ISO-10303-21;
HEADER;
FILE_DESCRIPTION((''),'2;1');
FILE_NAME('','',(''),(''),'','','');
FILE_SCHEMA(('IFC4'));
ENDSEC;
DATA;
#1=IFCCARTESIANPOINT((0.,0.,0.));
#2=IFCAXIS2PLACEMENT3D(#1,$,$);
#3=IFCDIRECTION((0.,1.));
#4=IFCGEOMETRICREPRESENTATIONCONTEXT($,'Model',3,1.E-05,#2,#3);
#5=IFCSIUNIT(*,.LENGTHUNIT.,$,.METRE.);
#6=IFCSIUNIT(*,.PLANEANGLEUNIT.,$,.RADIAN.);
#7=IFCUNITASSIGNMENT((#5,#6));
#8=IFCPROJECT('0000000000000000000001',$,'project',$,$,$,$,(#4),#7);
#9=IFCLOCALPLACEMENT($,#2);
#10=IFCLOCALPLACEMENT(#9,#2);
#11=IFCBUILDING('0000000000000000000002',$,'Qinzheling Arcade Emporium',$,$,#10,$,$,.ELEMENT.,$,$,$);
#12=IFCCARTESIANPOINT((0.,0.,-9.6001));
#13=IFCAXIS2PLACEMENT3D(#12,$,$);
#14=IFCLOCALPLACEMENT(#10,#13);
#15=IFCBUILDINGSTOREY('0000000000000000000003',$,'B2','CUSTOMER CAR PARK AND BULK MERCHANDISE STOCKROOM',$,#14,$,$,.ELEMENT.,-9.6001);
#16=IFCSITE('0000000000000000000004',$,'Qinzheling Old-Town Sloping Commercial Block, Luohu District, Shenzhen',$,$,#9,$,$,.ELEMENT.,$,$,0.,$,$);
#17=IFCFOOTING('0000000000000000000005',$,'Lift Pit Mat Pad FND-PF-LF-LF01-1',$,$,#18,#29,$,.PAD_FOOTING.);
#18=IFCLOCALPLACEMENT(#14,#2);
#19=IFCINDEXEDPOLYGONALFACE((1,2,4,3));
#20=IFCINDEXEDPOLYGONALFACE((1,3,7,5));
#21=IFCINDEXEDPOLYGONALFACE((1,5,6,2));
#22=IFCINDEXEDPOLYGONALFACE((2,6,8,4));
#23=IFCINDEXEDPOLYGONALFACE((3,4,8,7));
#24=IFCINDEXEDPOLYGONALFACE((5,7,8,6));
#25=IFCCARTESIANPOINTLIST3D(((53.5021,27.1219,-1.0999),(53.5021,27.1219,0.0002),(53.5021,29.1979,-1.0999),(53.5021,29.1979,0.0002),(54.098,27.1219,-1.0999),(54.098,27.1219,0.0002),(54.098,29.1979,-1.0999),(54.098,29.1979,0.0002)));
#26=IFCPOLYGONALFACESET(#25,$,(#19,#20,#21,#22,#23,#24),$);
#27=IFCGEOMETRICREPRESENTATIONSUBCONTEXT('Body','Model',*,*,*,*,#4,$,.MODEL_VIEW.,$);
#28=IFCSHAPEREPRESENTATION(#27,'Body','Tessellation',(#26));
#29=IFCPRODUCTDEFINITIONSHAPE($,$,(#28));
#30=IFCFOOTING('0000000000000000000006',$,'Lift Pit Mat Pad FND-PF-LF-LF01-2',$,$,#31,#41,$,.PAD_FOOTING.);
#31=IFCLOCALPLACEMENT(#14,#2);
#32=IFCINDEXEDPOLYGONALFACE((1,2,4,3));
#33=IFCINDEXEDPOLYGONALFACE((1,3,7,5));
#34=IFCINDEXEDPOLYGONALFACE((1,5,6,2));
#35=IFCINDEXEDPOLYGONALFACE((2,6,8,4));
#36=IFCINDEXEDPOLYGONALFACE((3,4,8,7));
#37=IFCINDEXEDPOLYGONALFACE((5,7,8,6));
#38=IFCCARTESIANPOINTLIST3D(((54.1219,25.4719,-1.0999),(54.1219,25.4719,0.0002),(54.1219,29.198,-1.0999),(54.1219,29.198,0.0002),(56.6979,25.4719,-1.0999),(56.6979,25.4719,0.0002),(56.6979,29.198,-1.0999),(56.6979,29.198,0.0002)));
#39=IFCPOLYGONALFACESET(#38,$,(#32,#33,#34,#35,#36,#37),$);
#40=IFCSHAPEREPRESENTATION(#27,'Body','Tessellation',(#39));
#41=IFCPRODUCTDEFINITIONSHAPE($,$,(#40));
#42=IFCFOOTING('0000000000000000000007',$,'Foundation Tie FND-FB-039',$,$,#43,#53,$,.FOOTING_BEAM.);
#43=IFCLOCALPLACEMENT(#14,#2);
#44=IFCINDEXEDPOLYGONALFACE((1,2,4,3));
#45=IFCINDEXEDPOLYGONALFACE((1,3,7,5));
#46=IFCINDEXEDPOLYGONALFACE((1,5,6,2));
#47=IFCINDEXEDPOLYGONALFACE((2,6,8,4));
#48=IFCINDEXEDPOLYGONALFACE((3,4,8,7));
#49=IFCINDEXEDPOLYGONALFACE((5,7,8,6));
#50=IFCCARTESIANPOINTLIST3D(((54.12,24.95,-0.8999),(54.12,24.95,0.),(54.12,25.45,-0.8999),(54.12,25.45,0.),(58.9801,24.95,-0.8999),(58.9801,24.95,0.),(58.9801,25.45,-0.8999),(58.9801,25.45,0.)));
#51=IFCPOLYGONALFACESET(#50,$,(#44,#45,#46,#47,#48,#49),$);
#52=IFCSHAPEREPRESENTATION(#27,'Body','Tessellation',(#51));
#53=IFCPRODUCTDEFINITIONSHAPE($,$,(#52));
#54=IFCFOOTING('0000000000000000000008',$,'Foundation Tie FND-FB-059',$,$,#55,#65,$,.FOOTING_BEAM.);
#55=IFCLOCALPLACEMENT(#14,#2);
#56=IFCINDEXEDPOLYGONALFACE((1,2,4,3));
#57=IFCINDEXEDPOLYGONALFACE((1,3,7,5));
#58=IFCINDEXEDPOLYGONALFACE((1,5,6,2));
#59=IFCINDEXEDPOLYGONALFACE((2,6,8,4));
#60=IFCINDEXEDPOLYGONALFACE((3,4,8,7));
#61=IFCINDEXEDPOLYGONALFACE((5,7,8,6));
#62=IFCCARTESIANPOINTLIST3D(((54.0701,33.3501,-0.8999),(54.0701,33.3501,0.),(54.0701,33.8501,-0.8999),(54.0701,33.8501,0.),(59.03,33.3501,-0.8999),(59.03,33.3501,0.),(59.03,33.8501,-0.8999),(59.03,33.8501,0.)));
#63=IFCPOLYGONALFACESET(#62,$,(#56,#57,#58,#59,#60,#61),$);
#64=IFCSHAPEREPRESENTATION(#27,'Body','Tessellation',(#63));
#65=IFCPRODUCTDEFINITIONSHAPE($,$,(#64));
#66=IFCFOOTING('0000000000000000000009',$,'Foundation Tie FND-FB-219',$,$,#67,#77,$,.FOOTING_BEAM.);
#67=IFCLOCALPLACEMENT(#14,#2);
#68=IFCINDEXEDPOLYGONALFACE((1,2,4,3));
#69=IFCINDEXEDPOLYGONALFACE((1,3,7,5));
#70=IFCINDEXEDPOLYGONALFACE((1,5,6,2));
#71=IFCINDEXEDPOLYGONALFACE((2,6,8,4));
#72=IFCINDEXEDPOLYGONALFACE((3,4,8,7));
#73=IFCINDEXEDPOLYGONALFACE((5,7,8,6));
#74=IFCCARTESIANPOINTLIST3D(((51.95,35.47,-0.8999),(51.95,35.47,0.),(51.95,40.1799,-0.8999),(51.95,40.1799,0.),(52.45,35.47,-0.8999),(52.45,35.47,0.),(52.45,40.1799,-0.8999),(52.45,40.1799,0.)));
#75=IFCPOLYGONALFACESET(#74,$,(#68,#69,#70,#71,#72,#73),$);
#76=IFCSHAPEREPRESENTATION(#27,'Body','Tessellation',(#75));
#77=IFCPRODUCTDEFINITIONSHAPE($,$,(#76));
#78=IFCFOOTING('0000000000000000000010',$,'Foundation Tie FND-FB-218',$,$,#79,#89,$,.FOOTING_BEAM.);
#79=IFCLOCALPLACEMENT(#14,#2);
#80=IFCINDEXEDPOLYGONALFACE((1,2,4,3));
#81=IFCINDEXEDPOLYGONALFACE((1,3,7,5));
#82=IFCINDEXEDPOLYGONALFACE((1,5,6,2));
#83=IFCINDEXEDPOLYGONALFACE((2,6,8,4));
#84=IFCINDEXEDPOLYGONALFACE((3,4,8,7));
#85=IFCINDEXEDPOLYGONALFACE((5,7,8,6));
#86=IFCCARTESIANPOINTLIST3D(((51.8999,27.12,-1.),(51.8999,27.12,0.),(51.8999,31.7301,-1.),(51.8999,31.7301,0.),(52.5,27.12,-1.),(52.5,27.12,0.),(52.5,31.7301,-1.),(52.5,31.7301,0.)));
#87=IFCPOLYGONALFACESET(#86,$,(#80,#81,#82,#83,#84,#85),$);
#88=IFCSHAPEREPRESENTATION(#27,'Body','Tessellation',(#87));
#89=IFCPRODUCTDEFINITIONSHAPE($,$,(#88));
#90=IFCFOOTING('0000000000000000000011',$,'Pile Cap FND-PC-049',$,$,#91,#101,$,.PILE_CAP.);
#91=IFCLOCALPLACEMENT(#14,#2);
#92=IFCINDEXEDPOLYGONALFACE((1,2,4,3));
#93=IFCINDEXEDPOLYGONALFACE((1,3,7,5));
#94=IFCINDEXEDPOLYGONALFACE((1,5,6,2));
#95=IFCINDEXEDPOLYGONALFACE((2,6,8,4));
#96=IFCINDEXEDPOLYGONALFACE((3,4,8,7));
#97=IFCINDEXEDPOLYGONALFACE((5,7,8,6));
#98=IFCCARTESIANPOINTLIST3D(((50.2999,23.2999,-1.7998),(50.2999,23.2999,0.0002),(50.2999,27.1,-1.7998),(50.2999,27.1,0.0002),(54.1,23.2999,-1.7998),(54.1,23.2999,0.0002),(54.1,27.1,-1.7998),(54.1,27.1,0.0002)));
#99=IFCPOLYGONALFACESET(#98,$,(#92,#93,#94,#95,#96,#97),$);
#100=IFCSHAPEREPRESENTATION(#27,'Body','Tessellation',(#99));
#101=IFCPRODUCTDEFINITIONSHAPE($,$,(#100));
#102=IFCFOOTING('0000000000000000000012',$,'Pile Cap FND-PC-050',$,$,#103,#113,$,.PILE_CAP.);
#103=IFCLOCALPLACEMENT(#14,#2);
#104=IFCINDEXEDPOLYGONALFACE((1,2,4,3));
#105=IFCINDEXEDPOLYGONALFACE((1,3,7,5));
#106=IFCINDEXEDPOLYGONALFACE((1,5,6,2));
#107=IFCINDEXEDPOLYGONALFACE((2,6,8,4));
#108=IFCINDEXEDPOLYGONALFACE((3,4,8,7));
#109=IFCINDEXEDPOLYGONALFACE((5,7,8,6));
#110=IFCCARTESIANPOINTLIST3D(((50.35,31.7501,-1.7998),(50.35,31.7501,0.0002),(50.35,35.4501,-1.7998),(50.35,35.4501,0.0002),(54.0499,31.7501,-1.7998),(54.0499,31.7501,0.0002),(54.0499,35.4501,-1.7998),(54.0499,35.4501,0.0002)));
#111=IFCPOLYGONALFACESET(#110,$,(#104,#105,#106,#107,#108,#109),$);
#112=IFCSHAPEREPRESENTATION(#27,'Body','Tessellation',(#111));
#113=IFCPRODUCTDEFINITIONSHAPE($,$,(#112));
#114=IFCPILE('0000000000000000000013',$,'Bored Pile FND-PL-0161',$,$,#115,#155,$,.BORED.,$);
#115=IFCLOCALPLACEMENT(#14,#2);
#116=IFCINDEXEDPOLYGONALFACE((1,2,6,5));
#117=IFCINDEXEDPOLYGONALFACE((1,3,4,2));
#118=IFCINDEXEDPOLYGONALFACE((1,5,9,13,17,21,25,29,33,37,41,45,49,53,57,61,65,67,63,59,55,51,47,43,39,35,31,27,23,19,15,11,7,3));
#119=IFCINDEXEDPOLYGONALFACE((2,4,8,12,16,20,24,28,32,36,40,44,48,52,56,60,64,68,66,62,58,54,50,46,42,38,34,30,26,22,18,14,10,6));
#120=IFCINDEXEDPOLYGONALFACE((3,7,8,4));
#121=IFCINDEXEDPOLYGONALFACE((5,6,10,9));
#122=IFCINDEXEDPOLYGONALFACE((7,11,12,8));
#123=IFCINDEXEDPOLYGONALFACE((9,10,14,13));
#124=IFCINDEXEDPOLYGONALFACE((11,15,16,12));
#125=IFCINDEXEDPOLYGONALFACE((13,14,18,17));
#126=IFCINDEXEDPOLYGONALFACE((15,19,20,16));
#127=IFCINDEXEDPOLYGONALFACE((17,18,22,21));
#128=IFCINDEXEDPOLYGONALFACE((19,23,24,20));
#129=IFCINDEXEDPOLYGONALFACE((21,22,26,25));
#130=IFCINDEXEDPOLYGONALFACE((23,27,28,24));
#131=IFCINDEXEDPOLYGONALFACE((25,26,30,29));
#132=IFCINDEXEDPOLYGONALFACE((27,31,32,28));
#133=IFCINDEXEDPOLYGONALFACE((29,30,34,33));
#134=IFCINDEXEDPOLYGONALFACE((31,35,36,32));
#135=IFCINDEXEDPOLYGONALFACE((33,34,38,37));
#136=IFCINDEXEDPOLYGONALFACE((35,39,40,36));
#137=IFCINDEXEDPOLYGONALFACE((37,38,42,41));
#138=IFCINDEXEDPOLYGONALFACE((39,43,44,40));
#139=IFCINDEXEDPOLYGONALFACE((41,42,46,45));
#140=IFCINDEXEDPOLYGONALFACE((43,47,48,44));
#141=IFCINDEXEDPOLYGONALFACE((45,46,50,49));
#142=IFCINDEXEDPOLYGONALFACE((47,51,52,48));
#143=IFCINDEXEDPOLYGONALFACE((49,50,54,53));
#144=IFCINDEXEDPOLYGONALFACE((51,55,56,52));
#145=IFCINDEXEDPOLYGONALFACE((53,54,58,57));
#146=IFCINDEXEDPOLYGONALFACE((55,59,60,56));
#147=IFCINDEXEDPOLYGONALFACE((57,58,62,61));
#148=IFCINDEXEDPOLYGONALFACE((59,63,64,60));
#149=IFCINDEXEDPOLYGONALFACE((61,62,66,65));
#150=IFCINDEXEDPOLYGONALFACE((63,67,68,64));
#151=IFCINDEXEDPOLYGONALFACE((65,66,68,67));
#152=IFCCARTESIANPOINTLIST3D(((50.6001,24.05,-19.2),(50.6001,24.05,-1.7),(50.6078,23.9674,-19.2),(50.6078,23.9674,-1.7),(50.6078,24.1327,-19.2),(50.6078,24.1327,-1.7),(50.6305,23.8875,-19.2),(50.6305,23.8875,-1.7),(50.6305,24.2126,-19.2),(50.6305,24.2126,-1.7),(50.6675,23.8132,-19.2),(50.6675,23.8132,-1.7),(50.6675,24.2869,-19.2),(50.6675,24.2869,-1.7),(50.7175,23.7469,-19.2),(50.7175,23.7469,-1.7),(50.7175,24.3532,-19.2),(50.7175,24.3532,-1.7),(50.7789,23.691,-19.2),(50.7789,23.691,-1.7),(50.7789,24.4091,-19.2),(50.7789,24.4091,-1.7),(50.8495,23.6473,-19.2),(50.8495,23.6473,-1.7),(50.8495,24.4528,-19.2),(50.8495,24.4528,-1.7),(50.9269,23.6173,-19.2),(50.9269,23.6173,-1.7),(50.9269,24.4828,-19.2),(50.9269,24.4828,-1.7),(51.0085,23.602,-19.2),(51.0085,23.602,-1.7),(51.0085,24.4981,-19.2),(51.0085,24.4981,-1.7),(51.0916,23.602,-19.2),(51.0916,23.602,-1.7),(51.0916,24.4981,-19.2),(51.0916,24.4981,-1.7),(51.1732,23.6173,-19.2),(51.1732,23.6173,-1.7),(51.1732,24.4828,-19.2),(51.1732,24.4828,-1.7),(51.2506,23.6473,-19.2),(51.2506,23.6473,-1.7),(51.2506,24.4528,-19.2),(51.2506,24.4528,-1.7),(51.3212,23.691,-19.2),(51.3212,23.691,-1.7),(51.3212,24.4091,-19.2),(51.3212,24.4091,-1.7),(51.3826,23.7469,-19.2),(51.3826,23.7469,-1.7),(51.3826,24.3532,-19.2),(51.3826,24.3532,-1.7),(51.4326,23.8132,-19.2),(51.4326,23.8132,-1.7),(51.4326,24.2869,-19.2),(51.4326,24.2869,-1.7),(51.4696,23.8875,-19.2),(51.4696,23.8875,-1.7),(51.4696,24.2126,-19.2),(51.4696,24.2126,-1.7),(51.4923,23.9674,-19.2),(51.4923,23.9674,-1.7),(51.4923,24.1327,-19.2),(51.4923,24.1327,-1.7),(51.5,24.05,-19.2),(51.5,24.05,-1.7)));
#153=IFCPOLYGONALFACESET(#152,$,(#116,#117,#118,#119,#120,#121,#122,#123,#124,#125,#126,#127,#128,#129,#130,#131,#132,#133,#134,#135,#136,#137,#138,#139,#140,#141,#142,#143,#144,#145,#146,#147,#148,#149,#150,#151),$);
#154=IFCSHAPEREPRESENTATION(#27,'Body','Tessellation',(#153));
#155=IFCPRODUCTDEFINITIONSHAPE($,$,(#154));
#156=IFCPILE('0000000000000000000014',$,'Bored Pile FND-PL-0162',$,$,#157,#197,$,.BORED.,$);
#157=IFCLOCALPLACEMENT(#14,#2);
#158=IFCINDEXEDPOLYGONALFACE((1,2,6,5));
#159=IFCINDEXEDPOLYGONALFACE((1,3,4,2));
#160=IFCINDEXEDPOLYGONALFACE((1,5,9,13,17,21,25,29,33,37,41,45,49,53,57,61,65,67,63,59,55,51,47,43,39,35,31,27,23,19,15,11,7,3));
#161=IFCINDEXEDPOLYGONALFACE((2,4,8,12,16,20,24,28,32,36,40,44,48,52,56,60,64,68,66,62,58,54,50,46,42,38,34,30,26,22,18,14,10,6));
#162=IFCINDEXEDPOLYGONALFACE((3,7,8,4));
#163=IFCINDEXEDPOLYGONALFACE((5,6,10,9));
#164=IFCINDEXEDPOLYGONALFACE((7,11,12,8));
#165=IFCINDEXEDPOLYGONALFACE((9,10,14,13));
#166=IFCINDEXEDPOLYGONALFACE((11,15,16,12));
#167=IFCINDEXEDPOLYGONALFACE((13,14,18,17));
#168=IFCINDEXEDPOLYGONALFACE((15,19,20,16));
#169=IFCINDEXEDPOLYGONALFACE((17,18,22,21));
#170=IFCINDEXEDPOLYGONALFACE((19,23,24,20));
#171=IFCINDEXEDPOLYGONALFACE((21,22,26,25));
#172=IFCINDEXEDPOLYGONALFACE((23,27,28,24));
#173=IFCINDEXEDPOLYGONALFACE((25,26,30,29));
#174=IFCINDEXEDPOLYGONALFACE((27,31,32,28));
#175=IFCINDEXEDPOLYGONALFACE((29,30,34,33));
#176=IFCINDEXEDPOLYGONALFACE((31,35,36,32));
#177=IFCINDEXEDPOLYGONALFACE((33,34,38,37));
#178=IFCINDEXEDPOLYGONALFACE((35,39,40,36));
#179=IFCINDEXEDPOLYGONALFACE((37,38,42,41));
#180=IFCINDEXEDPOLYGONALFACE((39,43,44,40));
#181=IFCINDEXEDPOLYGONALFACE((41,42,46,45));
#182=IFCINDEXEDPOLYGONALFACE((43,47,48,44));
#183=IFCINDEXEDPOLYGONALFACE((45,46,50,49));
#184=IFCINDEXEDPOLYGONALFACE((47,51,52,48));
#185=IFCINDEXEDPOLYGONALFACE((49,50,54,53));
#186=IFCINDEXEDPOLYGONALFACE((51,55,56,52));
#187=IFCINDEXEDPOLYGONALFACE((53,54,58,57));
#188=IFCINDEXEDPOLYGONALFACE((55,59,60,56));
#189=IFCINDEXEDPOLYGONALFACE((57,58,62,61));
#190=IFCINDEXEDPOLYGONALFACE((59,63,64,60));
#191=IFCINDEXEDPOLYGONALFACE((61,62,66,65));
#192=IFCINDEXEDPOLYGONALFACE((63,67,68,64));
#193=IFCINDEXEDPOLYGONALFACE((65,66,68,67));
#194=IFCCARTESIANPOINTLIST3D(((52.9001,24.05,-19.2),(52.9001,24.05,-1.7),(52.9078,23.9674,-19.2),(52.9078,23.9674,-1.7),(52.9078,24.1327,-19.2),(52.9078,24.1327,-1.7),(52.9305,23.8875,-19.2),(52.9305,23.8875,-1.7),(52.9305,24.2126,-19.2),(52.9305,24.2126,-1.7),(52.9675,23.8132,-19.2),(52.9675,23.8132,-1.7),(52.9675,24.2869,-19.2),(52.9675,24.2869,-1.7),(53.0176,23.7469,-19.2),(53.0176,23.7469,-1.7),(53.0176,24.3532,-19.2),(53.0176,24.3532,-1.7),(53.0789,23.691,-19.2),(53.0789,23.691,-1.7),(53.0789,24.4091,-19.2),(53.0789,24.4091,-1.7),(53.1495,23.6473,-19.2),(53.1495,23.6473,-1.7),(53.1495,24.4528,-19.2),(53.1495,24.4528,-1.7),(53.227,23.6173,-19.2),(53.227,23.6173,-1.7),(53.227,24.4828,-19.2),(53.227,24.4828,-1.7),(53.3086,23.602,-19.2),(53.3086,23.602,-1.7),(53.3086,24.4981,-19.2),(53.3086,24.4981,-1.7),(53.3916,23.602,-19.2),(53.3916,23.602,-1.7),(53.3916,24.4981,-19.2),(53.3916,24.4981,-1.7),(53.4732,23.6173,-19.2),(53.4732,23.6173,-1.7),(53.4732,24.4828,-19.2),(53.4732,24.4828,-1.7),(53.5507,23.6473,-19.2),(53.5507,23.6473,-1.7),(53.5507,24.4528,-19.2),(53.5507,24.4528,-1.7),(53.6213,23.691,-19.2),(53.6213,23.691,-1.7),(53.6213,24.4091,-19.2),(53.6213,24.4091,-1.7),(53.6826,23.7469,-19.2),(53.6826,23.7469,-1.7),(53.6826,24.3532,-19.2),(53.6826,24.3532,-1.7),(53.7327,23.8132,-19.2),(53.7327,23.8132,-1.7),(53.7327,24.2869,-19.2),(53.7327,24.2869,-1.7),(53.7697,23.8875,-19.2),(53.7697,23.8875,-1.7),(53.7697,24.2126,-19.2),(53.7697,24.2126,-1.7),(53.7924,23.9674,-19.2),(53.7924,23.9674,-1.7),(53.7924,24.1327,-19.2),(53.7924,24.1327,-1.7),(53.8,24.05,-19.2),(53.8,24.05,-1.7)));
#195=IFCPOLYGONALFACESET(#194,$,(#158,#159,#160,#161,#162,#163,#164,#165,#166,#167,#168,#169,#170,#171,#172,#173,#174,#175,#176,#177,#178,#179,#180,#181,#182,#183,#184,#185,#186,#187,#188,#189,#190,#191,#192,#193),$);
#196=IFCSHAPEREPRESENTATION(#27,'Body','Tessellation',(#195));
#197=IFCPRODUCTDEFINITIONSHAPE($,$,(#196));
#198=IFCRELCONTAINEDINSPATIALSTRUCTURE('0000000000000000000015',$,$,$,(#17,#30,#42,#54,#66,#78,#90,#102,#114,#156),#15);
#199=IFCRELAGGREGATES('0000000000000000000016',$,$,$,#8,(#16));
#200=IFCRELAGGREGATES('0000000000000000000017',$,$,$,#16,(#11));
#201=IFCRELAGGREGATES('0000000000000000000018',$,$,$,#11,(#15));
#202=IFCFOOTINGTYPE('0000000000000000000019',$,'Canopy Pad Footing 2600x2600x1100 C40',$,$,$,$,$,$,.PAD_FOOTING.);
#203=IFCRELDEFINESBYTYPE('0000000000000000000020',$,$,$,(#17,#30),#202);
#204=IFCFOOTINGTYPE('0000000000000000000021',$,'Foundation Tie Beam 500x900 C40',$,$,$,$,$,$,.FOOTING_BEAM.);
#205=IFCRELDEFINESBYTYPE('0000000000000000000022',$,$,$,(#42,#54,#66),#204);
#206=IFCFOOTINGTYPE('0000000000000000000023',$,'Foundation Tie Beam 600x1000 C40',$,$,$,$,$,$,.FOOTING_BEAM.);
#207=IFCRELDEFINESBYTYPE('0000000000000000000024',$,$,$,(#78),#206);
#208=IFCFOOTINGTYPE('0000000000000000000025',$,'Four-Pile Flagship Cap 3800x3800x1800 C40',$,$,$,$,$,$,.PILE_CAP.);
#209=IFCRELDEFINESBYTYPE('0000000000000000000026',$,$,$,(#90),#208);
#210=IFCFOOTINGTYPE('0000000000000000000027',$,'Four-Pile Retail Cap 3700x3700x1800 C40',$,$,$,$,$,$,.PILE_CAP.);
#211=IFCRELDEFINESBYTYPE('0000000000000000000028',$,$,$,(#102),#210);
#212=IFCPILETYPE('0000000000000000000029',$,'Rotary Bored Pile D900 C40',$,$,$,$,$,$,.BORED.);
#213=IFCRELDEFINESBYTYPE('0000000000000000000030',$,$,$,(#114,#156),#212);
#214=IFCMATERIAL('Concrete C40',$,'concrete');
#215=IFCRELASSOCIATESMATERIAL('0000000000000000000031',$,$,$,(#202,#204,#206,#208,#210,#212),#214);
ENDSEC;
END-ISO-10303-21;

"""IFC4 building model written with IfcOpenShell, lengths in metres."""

from ifc_helpers import new_model, si_unit, direction, frame, origin, origin_2d, place, context, subcontext, project, spatial, rectangle, circle, extrude, material, material_profile, profile_set, type_object, element, save


model = new_model("IFC4")

# Units and contexts
model_context = context("Model", 3, precision=1e-05, world=origin(), true_north=direction((0.0, 1.0)))
body_context = subcontext(model_context, "Body", "Model", "MODEL_VIEW")
ifc_project = project(units=[si_unit("LENGTHUNIT", "METRE"), si_unit("PLANEANGLEUNIT", "RADIAN")], contexts=[model_context])

# Site, building, storey
site_placement = place(None, origin())
site = spatial("IfcSite", under=ifc_project, at=site_placement, Name="Qinzheling Old-Town Sloping Commercial Block, Luohu District, Shenzhen", CompositionType="ELEMENT", RefElevation=0.0)
building_placement = place(site_placement, origin())
building = spatial("IfcBuilding", under=site, at=building_placement, Name="Qinzheling Arcade Emporium", CompositionType="ELEMENT")
storey_placement = place(building_placement, frame((0.0, 0.0, -9.6001)))
storey = spatial("IfcBuildingStorey", under=building, at=storey_placement, Name="B2", Description="CUSTOMER CAR PARK AND BULK MERCHANDISE STOCKROOM", CompositionType="ELEMENT", Elevation=-9.6001)

# Footings
ifc_material_1 = material(Name="Concrete C40", Category="concrete")
footing_type_1 = type_object("IfcFootingType", Name="Canopy Pad Footing 2600x2600x1100 C40", PredefinedType="PAD_FOOTING", material=ifc_material_1)
footing_1_placement = place(storey_placement, frame((53.8, 28.1599, -1.0999), z_axis=(0.0, 0.0, 1.0), x_axis=(1.0, 0.0, 0.0)))
element("IfcFooting", 1, at=footing_1_placement, inside=storey, type_object=footing_type_1, Name="Lift Pit Mat Pad FND-PF-LF-LF01-1", PredefinedType="PAD_FOOTING", context=body_context, shape_type="SweptSolid", body=[
    extrude(rectangle(XDim=0.5959, YDim=2.0759, at=origin_2d()), origin(), (0.0, 0.0, 1.0), 1.1001),
])
footing_2_placement = place(storey_placement, frame((55.4099, 27.335, -1.0999), z_axis=(0.0, 0.0, 1.0), x_axis=(1.0, 0.0, 0.0)))
element("IfcFooting", 2, at=footing_2_placement, inside=storey, type_object=footing_type_1, Name="Lift Pit Mat Pad FND-PF-LF-LF01-2", PredefinedType="PAD_FOOTING", context=body_context, shape_type="SweptSolid", body=[
    extrude(rectangle(XDim=2.5759, YDim=3.7261, at=origin_2d()), origin(), (0.0, 0.0, 1.0), 1.1001),
])
footing_type_2 = type_object("IfcFootingType", Name="Foundation Tie Beam 500x900 C40", PredefinedType="FOOTING_BEAM", material=ifc_material_1)
footing_3_placement = place(storey_placement, frame((56.55, 25.2, -0.8999), z_axis=(0.0, 0.0, 1.0), x_axis=(1.0, 0.0, 0.0)))
element("IfcFooting", 3, at=footing_3_placement, inside=storey, type_object=footing_type_2, Name="Foundation Tie FND-FB-039", PredefinedType="FOOTING_BEAM", context=body_context, shape_type="SweptSolid", body=[
    extrude(rectangle(XDim=4.8601, YDim=0.5, at=origin_2d()), origin(), (0.0, 0.0, 1.0), 0.8999),
])
footing_4_placement = place(storey_placement, frame((56.55, 33.6001, -0.8999), z_axis=(0.0, 0.0, 1.0), x_axis=(1.0, 0.0, 0.0)))
element("IfcFooting", 4, at=footing_4_placement, inside=storey, type_object=footing_type_2, Name="Foundation Tie FND-FB-059", PredefinedType="FOOTING_BEAM", context=body_context, shape_type="SweptSolid", body=[
    extrude(rectangle(XDim=4.96, YDim=0.5, at=origin_2d()), origin(), (0.0, 0.0, 1.0), 0.8999),
])
footing_5_placement = place(storey_placement, frame((52.2, 37.825, -0.8999), z_axis=(0.0, 0.0, 1.0), x_axis=(1.0, 0.0, 0.0)))
element("IfcFooting", 5, at=footing_5_placement, inside=storey, type_object=footing_type_2, Name="Foundation Tie FND-FB-219", PredefinedType="FOOTING_BEAM", context=body_context, shape_type="SweptSolid", body=[
    extrude(rectangle(XDim=0.5, YDim=4.71, at=origin_2d()), origin(), (0.0, 0.0, 1.0), 0.8999),
])
footing_type_3 = type_object("IfcFootingType", Name="Foundation Tie Beam 600x1000 C40", PredefinedType="FOOTING_BEAM", material=ifc_material_1)
footing_6_placement = place(storey_placement, frame((52.2, 29.425, -1.0), z_axis=(0.0, 0.0, 1.0), x_axis=(1.0, 0.0, 0.0)))
element("IfcFooting", 6, at=footing_6_placement, inside=storey, type_object=footing_type_3, Name="Foundation Tie FND-FB-218", PredefinedType="FOOTING_BEAM", context=body_context, shape_type="SweptSolid", body=[
    extrude(rectangle(XDim=0.6001, YDim=4.6101, at=origin_2d()), origin(), (0.0, 0.0, 1.0), 1.0),
])
footing_type_4 = type_object("IfcFootingType", Name="Four-Pile Flagship Cap 3800x3800x1800 C40", PredefinedType="PILE_CAP", material=ifc_material_1)
footing_7_placement = place(storey_placement, frame((52.2, 25.2, -1.7998), z_axis=(0.0, 0.0, 1.0), x_axis=(1.0, 0.0, 0.0)))
element("IfcFooting", 7, at=footing_7_placement, inside=storey, type_object=footing_type_4, Name="Pile Cap FND-PC-049", PredefinedType="PILE_CAP", context=body_context, shape_type="SweptSolid", body=[
    extrude(rectangle(XDim=3.8, YDim=3.8, at=origin_2d()), origin(), (0.0, 0.0, 1.0), 1.8),
])
footing_type_5 = type_object("IfcFootingType", Name="Four-Pile Retail Cap 3700x3700x1800 C40", PredefinedType="PILE_CAP", material=ifc_material_1)
footing_8_placement = place(storey_placement, frame((52.2, 33.6001, -1.7998), z_axis=(0.0, 0.0, 1.0), x_axis=(1.0, 0.0, 0.0)))
element("IfcFooting", 8, at=footing_8_placement, inside=storey, type_object=footing_type_5, Name="Pile Cap FND-PC-050", PredefinedType="PILE_CAP", context=body_context, shape_type="SweptSolid", body=[
    extrude(rectangle(XDim=3.7, YDim=3.7, at=origin_2d()), origin(), (0.0, 0.0, 1.0), 1.8),
])

# Piles
ifc_material_profile_1 = material_profile(ifc_material_1, circle(Radius=0.45, at=origin_2d()), Name="BORED D900", Category="concrete")
ifc_profile_set_1 = profile_set([ifc_material_profile_1], Name="Concrete C40")
pile_type = type_object("IfcPileType", Name="Rotary Bored Pile D900 C40", PredefinedType="BORED", material=ifc_profile_set_1)
for number, where, z_axis, x_axis, name in (
    (9, (51.05, 24.05, -1.7), (0.0, 0.0, -1.0), (1.0, 0.0, 0.0), "Bored Pile FND-PL-0161"),
    (10, (53.3501, 24.05, -1.7), (0.0, 0.0, -1.0), (1.0, 0.0, 0.0), "Bored Pile FND-PL-0162"),
):
    element("IfcPile", number, at=place(storey_placement, frame(where, z_axis=z_axis, x_axis=x_axis)), inside=storey, type_object=pile_type, Name=name, PredefinedType="BORED", context=body_context, shape_type="SweptSolid", body=[
        extrude(circle(Radius=0.45, at=origin_2d()), origin(), (0.0, 0.0, 1.0), 17.5),
    ])

save(model, "model.ifc")
